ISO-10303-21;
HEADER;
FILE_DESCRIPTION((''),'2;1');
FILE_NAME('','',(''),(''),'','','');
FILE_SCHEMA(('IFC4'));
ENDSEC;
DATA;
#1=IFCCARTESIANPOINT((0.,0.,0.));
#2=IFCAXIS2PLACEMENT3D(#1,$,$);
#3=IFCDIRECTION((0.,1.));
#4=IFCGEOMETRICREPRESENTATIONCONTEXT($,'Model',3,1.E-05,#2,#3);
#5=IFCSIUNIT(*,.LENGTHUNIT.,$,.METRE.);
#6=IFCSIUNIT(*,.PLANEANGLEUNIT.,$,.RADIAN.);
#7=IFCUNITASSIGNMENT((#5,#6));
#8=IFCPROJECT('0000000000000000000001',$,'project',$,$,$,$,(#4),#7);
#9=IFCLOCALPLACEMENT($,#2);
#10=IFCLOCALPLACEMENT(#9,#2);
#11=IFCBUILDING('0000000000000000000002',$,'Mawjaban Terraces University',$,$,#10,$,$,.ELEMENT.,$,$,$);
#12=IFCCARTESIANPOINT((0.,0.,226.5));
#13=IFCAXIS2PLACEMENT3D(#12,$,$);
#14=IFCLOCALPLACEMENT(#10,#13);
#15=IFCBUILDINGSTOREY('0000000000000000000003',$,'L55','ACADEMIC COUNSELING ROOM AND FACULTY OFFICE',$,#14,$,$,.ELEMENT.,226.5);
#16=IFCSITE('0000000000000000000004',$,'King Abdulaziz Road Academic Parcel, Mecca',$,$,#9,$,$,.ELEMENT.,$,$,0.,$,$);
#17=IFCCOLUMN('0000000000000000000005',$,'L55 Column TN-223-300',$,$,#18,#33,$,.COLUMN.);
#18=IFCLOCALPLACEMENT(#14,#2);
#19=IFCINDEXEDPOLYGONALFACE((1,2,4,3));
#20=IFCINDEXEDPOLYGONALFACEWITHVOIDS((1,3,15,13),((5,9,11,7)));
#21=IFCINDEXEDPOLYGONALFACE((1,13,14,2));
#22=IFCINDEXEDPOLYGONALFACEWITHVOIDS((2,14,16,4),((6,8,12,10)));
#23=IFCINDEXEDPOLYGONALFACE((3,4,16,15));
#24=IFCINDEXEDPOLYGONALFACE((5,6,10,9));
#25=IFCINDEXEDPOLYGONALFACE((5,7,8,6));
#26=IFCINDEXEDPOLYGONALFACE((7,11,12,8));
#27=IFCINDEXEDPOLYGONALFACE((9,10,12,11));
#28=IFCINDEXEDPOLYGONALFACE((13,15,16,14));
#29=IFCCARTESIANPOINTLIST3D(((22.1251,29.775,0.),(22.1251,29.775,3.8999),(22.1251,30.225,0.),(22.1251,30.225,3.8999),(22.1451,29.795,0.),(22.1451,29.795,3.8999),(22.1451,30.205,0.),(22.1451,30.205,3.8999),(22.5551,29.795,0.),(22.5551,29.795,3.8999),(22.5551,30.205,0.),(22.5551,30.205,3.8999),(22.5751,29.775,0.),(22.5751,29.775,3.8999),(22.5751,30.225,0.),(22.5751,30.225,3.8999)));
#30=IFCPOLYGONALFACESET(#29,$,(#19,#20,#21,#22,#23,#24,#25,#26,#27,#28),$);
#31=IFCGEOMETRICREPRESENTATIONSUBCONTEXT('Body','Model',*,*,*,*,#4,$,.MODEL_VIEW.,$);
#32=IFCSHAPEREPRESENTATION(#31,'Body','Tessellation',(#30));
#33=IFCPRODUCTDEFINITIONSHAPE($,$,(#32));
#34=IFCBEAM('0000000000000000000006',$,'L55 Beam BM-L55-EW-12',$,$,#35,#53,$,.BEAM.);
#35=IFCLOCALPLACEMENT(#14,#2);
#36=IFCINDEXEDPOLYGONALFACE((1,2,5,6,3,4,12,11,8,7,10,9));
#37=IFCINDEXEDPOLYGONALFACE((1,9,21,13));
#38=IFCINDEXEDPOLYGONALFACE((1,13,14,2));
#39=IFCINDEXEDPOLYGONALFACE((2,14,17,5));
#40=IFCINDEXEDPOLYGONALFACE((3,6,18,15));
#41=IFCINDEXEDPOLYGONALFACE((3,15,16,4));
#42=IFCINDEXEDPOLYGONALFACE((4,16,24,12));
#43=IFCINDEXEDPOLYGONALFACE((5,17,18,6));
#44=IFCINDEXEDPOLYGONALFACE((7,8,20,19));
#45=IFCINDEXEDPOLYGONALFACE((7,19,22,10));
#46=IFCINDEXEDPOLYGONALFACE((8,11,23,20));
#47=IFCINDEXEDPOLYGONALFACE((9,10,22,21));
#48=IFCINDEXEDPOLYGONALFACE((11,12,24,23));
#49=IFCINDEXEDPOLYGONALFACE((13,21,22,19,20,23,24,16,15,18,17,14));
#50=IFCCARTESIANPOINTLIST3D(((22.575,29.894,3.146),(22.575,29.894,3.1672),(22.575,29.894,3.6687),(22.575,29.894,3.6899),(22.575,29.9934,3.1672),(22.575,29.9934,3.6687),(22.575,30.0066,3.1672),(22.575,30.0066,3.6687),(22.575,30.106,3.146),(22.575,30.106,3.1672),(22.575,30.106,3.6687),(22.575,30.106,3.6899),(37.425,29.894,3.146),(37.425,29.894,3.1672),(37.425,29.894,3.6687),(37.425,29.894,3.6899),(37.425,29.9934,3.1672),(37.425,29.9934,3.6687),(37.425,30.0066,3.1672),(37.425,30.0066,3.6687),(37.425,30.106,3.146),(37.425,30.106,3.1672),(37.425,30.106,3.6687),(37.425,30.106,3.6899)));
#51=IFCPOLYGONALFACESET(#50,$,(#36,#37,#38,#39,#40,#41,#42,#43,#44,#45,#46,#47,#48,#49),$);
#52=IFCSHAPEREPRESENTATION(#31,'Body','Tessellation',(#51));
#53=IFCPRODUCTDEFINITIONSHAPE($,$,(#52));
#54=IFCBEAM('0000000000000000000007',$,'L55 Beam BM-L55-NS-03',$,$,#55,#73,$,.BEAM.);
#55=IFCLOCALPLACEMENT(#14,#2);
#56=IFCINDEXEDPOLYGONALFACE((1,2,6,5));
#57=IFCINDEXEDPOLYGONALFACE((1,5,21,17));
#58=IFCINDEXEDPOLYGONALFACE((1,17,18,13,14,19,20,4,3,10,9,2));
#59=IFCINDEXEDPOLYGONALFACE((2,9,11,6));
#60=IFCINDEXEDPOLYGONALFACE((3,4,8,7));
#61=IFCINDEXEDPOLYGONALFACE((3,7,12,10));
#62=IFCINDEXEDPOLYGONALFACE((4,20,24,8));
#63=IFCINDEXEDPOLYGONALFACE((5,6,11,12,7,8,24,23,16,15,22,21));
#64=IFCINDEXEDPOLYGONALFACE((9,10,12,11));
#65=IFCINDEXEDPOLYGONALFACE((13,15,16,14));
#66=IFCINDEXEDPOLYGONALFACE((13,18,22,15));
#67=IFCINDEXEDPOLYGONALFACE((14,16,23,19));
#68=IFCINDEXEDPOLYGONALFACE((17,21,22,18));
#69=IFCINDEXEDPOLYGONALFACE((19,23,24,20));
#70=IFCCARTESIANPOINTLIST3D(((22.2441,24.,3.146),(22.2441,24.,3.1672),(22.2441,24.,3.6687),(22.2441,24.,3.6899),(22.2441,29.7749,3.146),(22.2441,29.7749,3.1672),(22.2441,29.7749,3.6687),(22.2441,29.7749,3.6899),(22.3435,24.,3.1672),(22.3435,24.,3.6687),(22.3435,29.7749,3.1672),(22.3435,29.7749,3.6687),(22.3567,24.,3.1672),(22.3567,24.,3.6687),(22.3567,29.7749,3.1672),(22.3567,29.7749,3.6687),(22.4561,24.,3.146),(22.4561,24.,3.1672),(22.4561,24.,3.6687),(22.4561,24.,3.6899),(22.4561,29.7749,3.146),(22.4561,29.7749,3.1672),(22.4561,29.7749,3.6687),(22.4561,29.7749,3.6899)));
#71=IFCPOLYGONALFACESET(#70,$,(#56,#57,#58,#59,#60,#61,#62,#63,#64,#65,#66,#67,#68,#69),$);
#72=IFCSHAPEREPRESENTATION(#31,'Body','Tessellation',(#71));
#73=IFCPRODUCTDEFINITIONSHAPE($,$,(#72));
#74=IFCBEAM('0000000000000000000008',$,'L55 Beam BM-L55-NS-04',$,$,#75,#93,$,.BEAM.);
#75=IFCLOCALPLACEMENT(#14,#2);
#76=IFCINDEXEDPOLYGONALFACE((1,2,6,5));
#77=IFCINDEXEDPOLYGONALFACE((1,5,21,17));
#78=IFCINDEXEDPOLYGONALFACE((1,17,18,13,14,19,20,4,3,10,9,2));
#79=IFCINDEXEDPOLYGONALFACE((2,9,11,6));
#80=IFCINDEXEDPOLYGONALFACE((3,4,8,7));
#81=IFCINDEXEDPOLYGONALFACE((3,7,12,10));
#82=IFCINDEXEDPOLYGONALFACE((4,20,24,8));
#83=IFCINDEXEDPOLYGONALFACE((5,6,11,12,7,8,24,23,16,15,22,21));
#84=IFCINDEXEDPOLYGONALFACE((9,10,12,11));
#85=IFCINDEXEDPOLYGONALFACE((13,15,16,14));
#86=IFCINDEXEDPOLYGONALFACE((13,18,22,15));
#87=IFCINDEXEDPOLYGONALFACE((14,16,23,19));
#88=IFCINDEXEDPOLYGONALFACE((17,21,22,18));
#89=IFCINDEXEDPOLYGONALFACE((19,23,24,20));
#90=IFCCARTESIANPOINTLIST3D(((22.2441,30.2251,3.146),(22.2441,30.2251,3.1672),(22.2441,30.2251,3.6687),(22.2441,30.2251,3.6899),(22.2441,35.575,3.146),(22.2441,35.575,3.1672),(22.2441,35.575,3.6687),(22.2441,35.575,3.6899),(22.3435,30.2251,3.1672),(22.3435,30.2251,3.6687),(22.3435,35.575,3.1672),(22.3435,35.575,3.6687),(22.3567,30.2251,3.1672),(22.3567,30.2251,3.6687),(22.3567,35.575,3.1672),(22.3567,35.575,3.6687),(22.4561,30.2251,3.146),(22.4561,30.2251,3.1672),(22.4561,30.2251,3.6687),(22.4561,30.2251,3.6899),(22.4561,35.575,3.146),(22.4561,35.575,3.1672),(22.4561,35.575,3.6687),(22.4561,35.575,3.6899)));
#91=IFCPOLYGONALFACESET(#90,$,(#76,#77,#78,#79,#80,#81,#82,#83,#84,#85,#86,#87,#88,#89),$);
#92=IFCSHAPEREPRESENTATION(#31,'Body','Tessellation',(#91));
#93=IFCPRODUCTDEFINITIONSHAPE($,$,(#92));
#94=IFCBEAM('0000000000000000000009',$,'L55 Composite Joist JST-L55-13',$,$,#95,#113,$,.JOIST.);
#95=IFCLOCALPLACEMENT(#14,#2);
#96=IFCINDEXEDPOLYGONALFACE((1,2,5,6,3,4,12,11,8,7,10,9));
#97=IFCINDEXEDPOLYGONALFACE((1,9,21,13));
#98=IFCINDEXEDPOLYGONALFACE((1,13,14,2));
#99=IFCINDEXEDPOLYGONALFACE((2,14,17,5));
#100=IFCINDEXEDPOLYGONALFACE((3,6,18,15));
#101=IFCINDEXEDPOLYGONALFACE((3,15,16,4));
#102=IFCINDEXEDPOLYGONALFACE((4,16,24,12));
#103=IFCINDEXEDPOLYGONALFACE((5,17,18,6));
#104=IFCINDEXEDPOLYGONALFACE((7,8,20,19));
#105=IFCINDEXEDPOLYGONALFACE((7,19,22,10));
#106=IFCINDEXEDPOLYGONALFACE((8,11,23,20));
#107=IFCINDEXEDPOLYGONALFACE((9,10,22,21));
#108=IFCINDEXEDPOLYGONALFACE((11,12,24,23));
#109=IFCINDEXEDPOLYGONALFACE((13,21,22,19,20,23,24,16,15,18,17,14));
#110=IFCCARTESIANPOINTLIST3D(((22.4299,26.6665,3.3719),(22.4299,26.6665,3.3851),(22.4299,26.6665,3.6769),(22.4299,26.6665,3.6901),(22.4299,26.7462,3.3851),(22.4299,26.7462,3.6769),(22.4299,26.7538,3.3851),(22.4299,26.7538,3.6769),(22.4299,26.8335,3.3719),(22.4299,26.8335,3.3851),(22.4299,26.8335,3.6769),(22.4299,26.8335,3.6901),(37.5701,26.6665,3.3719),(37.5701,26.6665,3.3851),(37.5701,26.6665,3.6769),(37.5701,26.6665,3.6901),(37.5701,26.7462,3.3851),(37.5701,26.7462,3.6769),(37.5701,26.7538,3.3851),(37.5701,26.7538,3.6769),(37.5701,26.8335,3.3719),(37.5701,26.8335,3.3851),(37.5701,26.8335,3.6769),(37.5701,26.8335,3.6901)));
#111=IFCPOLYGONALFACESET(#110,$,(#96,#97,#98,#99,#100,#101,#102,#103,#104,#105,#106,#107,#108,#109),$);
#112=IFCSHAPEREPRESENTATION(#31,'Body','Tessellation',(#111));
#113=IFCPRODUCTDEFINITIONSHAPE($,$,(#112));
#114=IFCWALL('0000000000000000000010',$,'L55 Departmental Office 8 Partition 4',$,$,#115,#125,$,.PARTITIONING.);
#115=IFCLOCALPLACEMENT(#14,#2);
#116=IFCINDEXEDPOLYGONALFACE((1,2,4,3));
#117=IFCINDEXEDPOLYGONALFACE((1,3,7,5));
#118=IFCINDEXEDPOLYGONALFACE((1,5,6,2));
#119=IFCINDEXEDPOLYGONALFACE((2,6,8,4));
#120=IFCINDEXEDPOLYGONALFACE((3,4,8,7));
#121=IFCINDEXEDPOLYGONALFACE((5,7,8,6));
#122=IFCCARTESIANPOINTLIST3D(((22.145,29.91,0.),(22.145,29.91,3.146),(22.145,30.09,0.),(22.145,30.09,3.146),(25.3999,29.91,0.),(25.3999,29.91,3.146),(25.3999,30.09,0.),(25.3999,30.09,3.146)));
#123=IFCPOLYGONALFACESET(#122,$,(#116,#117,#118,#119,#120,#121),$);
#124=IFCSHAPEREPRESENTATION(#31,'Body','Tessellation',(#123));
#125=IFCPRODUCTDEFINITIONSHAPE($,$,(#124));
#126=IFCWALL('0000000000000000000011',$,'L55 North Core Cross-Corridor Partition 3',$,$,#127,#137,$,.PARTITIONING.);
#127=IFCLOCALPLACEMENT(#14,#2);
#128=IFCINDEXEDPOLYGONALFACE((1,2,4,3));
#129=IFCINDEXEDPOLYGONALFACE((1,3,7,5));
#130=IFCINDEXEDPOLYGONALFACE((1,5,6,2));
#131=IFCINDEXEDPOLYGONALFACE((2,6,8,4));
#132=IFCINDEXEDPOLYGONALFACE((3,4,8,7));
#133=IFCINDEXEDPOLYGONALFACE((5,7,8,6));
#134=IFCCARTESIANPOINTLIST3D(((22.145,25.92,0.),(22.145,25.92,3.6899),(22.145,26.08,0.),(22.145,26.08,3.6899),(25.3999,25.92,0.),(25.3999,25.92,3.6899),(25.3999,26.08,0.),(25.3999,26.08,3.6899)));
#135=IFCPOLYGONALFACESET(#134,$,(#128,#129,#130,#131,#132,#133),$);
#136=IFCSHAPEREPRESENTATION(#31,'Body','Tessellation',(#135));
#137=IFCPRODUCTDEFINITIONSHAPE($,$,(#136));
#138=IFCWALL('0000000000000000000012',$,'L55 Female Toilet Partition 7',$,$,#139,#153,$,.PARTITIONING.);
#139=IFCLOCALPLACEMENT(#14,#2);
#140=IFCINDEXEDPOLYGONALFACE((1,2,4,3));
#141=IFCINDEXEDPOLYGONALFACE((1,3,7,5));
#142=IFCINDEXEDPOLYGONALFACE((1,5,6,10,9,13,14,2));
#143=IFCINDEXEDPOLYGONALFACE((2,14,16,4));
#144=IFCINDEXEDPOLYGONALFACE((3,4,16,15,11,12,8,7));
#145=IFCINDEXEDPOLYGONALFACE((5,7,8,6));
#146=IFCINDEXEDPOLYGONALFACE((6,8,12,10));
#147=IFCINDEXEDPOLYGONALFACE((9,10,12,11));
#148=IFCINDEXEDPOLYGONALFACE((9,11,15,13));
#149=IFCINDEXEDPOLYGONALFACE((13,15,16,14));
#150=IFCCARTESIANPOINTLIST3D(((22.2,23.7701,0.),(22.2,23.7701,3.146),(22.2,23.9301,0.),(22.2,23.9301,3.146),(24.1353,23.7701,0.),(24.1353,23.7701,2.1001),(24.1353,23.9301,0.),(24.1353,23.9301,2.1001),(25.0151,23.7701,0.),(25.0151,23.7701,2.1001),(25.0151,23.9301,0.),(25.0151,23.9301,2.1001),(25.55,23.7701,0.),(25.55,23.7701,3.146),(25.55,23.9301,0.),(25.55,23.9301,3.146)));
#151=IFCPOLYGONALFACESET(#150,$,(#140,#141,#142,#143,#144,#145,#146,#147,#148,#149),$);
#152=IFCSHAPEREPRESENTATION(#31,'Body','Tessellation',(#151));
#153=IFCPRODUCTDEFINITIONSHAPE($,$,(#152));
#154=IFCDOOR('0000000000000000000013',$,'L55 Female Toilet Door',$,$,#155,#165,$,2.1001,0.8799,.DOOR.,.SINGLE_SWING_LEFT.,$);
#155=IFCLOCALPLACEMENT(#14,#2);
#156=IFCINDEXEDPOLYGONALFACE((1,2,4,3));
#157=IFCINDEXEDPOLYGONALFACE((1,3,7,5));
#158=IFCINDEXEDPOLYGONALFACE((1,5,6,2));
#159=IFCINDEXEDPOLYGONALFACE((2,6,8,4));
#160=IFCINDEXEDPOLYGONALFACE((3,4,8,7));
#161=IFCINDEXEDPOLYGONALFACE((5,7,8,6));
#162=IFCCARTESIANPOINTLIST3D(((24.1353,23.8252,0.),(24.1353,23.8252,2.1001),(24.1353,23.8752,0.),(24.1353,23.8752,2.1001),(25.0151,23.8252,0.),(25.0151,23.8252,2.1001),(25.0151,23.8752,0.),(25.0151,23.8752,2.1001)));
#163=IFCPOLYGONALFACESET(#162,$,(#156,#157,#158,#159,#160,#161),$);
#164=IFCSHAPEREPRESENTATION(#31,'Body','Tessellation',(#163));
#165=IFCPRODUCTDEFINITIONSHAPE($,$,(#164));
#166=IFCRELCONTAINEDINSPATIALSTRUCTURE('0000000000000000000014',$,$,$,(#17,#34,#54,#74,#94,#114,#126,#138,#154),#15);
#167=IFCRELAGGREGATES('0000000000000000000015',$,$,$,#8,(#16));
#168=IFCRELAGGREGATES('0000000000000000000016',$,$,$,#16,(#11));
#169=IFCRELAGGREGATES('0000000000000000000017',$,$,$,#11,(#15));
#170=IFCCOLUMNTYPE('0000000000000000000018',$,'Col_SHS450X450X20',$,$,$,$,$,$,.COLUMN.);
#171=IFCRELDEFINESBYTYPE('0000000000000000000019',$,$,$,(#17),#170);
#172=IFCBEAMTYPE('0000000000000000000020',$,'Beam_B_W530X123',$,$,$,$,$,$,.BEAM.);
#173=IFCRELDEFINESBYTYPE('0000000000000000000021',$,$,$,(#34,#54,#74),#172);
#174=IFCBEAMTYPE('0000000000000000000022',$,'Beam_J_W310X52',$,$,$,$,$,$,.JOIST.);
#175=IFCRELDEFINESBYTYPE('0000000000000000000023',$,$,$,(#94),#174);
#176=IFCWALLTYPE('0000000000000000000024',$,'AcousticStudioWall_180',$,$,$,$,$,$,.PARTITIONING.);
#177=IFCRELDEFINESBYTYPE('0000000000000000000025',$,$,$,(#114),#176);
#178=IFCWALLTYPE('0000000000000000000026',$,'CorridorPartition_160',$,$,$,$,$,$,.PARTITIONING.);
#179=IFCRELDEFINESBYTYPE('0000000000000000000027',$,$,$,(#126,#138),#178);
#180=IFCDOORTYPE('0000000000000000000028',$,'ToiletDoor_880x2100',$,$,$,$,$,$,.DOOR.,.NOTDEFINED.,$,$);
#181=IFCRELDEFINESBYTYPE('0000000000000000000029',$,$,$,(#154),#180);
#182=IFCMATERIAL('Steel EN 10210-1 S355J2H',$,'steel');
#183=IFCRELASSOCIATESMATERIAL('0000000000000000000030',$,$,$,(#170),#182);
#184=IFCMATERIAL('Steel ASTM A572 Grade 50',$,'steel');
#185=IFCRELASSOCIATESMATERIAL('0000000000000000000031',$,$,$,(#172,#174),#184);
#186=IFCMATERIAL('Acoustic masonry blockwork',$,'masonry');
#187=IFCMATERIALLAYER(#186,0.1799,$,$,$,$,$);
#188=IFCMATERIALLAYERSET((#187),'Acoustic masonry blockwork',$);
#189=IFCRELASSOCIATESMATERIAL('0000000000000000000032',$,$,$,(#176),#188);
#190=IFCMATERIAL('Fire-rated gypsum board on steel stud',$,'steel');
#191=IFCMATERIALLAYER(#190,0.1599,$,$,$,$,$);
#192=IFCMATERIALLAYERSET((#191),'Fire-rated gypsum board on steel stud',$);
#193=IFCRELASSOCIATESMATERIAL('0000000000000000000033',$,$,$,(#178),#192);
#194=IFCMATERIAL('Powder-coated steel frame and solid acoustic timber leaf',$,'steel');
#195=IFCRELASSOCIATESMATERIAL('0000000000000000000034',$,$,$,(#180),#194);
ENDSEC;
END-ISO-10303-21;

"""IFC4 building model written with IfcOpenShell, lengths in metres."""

from ifc_helpers import new_model, si_unit, direction, frame, frame_2d, origin, origin_2d, place, context, subcontext, project, spatial, rectangle, hollow_rectangle, i_section, extrude, material, layer, layer_set, material_profile, profile_set, type_object, element, fill, save


model = new_model("IFC4")

# Units and contexts
model_context = context("Model", 3, precision=1e-05, world=origin(), true_north=direction((0.0, 1.0)))
body_context = subcontext(model_context, "Body", "Model", "MODEL_VIEW")
ifc_project = project(units=[si_unit("LENGTHUNIT", "METRE"), si_unit("PLANEANGLEUNIT", "RADIAN")], contexts=[model_context])

# Site, building, storey
site_placement = place(None, origin())
site = spatial("IfcSite", under=ifc_project, at=site_placement, Name="King Abdulaziz Road Academic Parcel, Mecca", CompositionType="ELEMENT", RefElevation=0.0)
building_placement = place(site_placement, origin())
building = spatial("IfcBuilding", under=site, at=building_placement, Name="Mawjaban Terraces University", CompositionType="ELEMENT")
storey_placement = place(building_placement, frame((0.0, 0.0, 226.5)))
storey = spatial("IfcBuildingStorey", under=building, at=storey_placement, Name="L55", Description="ACADEMIC COUNSELING ROOM AND FACULTY OFFICE", CompositionType="ELEMENT", Elevation=226.5)

# Column
ifc_material_1 = material(Name="Steel EN 10210-1 S355J2H", Category="steel")
ifc_material_profile_1 = material_profile(ifc_material_1, hollow_rectangle(XDim=0.45, YDim=0.45, WallThickness=0.02, at=origin_2d()), Name="SHS450X450X20")
ifc_profile_set_1 = profile_set([ifc_material_profile_1], Name="Steel EN 10210-1 S355J2H")
column_type = type_object("IfcColumnType", Name="Col_SHS450X450X20", PredefinedType="COLUMN", material=ifc_profile_set_1)
column_placement = place(storey_placement, frame((22.3501, 30.0, 0.0), z_axis=(0.0, 0.0, 1.0), x_axis=(1.0, 0.0, 0.0)))
element("IfcColumn", 1, at=column_placement, inside=storey, type_object=column_type, Name="L55 Column TN-223-300", PredefinedType="COLUMN", context=body_context, shape_type="SweptSolid", body=[
    extrude(hollow_rectangle(XDim=0.45, YDim=0.45, WallThickness=0.02, at=origin_2d()), origin(), (0.0, 0.0, 1.0), 3.8999),
])

# Beams
ifc_material_2 = material(Name="Steel ASTM A572 Grade 50", Category="steel")
ifc_material_profile_2 = material_profile(ifc_material_2, i_section(OverallWidth=0.2119, OverallDepth=0.5439, WebThickness=0.0132, FlangeThickness=0.0212, at=origin_2d()), Name="W530X123")
ifc_profile_set_2 = profile_set([ifc_material_profile_2], Name="Steel ASTM A572 Grade 50")
beam_type_1 = type_object("IfcBeamType", Name="Beam_B_W530X123", PredefinedType="BEAM", material=ifc_profile_set_2)
beam_1_placement = place(storey_placement, frame((22.575, 30.0, 3.418), z_axis=(1.0, 0.0, 0.0), x_axis=(0.0, 1.0, 0.0)))
element("IfcBeam", 2, at=beam_1_placement, inside=storey, type_object=beam_type_1, Name="L55 Beam BM-L55-EW-12", PredefinedType="BEAM", context=body_context, shape_type="SweptSolid", body=[
    extrude(i_section(OverallWidth=0.2119, OverallDepth=0.5439, WebThickness=0.0132, FlangeThickness=0.0212, at=origin_2d()), origin(), (0.0, 0.0, 1.0), 14.8501),
])
beam_2_placement = place(storey_placement, frame((22.3501, 24.0, 3.418), z_axis=(0.0, 1.0, 0.0), x_axis=(-1.0, 0.0, 0.0)))
element("IfcBeam", 3, at=beam_2_placement, inside=storey, type_object=beam_type_1, Name="L55 Beam BM-L55-NS-03", PredefinedType="BEAM", context=body_context, shape_type="SweptSolid", body=[
    extrude(i_section(OverallWidth=0.2119, OverallDepth=0.5439, WebThickness=0.0132, FlangeThickness=0.0212, at=origin_2d()), origin(), (0.0, 0.0, 1.0), 5.7749),
])
beam_3_placement = place(storey_placement, frame((22.3501, 30.2251, 3.418), z_axis=(0.0, 1.0, 0.0), x_axis=(-1.0, 0.0, 0.0)))
element("IfcBeam", 4, at=beam_3_placement, inside=storey, type_object=beam_type_1, Name="L55 Beam BM-L55-NS-04", PredefinedType="BEAM", context=body_context, shape_type="SweptSolid", body=[
    extrude(i_section(OverallWidth=0.2119, OverallDepth=0.5439, WebThickness=0.0132, FlangeThickness=0.0212, at=origin_2d()), origin(), (0.0, 0.0, 1.0), 5.3499),
])
ifc_material_profile_3 = material_profile(ifc_material_2, i_section(OverallWidth=0.167, OverallDepth=0.3181, WebThickness=0.0076, FlangeThickness=0.0132, at=origin_2d()), Name="W310X52")
ifc_profile_set_3 = profile_set([ifc_material_profile_3], Name="Steel ASTM A572 Grade 50")
beam_type_2 = type_object("IfcBeamType", Name="Beam_J_W310X52", PredefinedType="JOIST", material=ifc_profile_set_3)
beam_4_placement = place(storey_placement, frame((22.4299, 26.75, 3.531), z_axis=(1.0, 0.0, 0.0), x_axis=(0.0, 1.0, 0.0)))
element("IfcBeam", 5, at=beam_4_placement, inside=storey, type_object=beam_type_2, Name="L55 Composite Joist JST-L55-13", PredefinedType="JOIST", context=body_context, shape_type="SweptSolid", body=[
    extrude(i_section(OverallWidth=0.167, OverallDepth=0.3181, WebThickness=0.0076, FlangeThickness=0.0132, at=origin_2d()), origin(), (0.0, 0.0, 1.0), 15.1401),
])

# Walls
ifc_material_3 = material(Name="Acoustic masonry blockwork", Category="masonry")
ifc_layer_1 = layer(ifc_material_3, 0.1799)
ifc_layer_set_1 = layer_set([ifc_layer_1], Name="Acoustic masonry blockwork")
wall_type_1 = type_object("IfcWallType", Name="AcousticStudioWall_180", PredefinedType="PARTITIONING", material=ifc_layer_set_1)
wall_1_placement = place(storey_placement, frame((25.3999, 30.0, 0.0), z_axis=(0.0, 0.0, 1.0), x_axis=(-1.0, 0.0, 0.0)))
element("IfcWall", 6, at=wall_1_placement, inside=storey, type_object=wall_type_1, Name="L55 Departmental Office 8 Partition 4", PredefinedType="PARTITIONING", context=body_context, shape_type="SweptSolid", body=[
    extrude(rectangle(XDim=3.2549, YDim=0.1799, at=frame_2d((1.6274, 0.0))), origin(), (0.0, 0.0, 1.0), 3.146),
])
ifc_material_4 = material(Name="Fire-rated gypsum board on steel stud", Category="steel")
ifc_layer_2 = layer(ifc_material_4, 0.1599)
ifc_layer_set_2 = layer_set([ifc_layer_2], Name="Fire-rated gypsum board on steel stud")
wall_type_2 = type_object("IfcWallType", Name="CorridorPartition_160", PredefinedType="PARTITIONING", material=ifc_layer_set_2)
wall_2_placement = place(storey_placement, frame((25.3999, 26.0, 0.0), z_axis=(0.0, 0.0, 1.0), x_axis=(-1.0, 0.0, 0.0)))
element("IfcWall", 7, at=wall_2_placement, inside=storey, type_object=wall_type_2, Name="L55 North Core Cross-Corridor Partition 3", PredefinedType="PARTITIONING", context=body_context, shape_type="SweptSolid", body=[
    extrude(rectangle(XDim=3.2549, YDim=0.1599, at=frame_2d((1.6274, 0.0))), origin(), (0.0, 0.0, 1.0), 3.6899),
])

# Wall, opening, door
wall_3_placement = place(storey_placement, frame((25.55, 23.8501, 0.0), z_axis=(0.0, 0.0, 1.0), x_axis=(-1.0, 0.0, 0.0)))
wall_3 = element("IfcWall", 8, at=wall_3_placement, inside=storey, type_object=wall_type_2, Name="L55 Female Toilet Partition 7", PredefinedType="PARTITIONING", context=body_context, shape_type="SweptSolid", body=[
    extrude(rectangle(XDim=3.3501, YDim=0.1599, at=frame_2d((1.675, 0.0))), origin(), (0.0, 0.0, 1.0), 3.146),
])
opening_1_placement = place(wall_3_placement, frame((0.5349, 0.0, 0.0)))
opening_1 = element("IfcOpeningElement", 9, at=opening_1_placement, cuts=wall_3, PredefinedType="OPENING", context=body_context, shape_type="SweptSolid", body=[
    extrude(rectangle(XDim=0.8799, YDim=2.1001, at=frame_2d((0.4399, 1.05))), frame((0.0, 0.0898, 0.0), z_axis=(0.0, -1.0, 0.0), x_axis=(1.0, 0.0, 0.0)), (0.0, 0.0, 1.0), 0.1799),
])
ifc_material_5 = material(Name="Powder-coated steel frame and solid acoustic timber leaf", Category="steel")
door_type_1 = type_object("IfcDoorType", Name="ToiletDoor_880x2100", OperationType="NOTDEFINED", PredefinedType="DOOR", material=ifc_material_5)
door_1_placement = place(opening_1_placement, origin())
door_1 = element("IfcDoor", 10, at=door_1_placement, inside=storey, type_object=door_type_1, Name="L55 Female Toilet Door", OperationType="SINGLE_SWING_LEFT", OverallHeight=2.1001, OverallWidth=0.8799, PredefinedType="DOOR", context=body_context, shape_type="SweptSolid", body=[
    extrude(rectangle(XDim=0.8799, YDim=2.1001, at=frame_2d((0.4399, 1.05))), frame((0.0, 0.0249, 0.0), z_axis=(0.0, -1.0, 0.0), x_axis=(1.0, 0.0, 0.0)), (0.0, 0.0, 1.0), 0.05),
])
fill(opening_1, door_1)

save(model, "model.ifc")
